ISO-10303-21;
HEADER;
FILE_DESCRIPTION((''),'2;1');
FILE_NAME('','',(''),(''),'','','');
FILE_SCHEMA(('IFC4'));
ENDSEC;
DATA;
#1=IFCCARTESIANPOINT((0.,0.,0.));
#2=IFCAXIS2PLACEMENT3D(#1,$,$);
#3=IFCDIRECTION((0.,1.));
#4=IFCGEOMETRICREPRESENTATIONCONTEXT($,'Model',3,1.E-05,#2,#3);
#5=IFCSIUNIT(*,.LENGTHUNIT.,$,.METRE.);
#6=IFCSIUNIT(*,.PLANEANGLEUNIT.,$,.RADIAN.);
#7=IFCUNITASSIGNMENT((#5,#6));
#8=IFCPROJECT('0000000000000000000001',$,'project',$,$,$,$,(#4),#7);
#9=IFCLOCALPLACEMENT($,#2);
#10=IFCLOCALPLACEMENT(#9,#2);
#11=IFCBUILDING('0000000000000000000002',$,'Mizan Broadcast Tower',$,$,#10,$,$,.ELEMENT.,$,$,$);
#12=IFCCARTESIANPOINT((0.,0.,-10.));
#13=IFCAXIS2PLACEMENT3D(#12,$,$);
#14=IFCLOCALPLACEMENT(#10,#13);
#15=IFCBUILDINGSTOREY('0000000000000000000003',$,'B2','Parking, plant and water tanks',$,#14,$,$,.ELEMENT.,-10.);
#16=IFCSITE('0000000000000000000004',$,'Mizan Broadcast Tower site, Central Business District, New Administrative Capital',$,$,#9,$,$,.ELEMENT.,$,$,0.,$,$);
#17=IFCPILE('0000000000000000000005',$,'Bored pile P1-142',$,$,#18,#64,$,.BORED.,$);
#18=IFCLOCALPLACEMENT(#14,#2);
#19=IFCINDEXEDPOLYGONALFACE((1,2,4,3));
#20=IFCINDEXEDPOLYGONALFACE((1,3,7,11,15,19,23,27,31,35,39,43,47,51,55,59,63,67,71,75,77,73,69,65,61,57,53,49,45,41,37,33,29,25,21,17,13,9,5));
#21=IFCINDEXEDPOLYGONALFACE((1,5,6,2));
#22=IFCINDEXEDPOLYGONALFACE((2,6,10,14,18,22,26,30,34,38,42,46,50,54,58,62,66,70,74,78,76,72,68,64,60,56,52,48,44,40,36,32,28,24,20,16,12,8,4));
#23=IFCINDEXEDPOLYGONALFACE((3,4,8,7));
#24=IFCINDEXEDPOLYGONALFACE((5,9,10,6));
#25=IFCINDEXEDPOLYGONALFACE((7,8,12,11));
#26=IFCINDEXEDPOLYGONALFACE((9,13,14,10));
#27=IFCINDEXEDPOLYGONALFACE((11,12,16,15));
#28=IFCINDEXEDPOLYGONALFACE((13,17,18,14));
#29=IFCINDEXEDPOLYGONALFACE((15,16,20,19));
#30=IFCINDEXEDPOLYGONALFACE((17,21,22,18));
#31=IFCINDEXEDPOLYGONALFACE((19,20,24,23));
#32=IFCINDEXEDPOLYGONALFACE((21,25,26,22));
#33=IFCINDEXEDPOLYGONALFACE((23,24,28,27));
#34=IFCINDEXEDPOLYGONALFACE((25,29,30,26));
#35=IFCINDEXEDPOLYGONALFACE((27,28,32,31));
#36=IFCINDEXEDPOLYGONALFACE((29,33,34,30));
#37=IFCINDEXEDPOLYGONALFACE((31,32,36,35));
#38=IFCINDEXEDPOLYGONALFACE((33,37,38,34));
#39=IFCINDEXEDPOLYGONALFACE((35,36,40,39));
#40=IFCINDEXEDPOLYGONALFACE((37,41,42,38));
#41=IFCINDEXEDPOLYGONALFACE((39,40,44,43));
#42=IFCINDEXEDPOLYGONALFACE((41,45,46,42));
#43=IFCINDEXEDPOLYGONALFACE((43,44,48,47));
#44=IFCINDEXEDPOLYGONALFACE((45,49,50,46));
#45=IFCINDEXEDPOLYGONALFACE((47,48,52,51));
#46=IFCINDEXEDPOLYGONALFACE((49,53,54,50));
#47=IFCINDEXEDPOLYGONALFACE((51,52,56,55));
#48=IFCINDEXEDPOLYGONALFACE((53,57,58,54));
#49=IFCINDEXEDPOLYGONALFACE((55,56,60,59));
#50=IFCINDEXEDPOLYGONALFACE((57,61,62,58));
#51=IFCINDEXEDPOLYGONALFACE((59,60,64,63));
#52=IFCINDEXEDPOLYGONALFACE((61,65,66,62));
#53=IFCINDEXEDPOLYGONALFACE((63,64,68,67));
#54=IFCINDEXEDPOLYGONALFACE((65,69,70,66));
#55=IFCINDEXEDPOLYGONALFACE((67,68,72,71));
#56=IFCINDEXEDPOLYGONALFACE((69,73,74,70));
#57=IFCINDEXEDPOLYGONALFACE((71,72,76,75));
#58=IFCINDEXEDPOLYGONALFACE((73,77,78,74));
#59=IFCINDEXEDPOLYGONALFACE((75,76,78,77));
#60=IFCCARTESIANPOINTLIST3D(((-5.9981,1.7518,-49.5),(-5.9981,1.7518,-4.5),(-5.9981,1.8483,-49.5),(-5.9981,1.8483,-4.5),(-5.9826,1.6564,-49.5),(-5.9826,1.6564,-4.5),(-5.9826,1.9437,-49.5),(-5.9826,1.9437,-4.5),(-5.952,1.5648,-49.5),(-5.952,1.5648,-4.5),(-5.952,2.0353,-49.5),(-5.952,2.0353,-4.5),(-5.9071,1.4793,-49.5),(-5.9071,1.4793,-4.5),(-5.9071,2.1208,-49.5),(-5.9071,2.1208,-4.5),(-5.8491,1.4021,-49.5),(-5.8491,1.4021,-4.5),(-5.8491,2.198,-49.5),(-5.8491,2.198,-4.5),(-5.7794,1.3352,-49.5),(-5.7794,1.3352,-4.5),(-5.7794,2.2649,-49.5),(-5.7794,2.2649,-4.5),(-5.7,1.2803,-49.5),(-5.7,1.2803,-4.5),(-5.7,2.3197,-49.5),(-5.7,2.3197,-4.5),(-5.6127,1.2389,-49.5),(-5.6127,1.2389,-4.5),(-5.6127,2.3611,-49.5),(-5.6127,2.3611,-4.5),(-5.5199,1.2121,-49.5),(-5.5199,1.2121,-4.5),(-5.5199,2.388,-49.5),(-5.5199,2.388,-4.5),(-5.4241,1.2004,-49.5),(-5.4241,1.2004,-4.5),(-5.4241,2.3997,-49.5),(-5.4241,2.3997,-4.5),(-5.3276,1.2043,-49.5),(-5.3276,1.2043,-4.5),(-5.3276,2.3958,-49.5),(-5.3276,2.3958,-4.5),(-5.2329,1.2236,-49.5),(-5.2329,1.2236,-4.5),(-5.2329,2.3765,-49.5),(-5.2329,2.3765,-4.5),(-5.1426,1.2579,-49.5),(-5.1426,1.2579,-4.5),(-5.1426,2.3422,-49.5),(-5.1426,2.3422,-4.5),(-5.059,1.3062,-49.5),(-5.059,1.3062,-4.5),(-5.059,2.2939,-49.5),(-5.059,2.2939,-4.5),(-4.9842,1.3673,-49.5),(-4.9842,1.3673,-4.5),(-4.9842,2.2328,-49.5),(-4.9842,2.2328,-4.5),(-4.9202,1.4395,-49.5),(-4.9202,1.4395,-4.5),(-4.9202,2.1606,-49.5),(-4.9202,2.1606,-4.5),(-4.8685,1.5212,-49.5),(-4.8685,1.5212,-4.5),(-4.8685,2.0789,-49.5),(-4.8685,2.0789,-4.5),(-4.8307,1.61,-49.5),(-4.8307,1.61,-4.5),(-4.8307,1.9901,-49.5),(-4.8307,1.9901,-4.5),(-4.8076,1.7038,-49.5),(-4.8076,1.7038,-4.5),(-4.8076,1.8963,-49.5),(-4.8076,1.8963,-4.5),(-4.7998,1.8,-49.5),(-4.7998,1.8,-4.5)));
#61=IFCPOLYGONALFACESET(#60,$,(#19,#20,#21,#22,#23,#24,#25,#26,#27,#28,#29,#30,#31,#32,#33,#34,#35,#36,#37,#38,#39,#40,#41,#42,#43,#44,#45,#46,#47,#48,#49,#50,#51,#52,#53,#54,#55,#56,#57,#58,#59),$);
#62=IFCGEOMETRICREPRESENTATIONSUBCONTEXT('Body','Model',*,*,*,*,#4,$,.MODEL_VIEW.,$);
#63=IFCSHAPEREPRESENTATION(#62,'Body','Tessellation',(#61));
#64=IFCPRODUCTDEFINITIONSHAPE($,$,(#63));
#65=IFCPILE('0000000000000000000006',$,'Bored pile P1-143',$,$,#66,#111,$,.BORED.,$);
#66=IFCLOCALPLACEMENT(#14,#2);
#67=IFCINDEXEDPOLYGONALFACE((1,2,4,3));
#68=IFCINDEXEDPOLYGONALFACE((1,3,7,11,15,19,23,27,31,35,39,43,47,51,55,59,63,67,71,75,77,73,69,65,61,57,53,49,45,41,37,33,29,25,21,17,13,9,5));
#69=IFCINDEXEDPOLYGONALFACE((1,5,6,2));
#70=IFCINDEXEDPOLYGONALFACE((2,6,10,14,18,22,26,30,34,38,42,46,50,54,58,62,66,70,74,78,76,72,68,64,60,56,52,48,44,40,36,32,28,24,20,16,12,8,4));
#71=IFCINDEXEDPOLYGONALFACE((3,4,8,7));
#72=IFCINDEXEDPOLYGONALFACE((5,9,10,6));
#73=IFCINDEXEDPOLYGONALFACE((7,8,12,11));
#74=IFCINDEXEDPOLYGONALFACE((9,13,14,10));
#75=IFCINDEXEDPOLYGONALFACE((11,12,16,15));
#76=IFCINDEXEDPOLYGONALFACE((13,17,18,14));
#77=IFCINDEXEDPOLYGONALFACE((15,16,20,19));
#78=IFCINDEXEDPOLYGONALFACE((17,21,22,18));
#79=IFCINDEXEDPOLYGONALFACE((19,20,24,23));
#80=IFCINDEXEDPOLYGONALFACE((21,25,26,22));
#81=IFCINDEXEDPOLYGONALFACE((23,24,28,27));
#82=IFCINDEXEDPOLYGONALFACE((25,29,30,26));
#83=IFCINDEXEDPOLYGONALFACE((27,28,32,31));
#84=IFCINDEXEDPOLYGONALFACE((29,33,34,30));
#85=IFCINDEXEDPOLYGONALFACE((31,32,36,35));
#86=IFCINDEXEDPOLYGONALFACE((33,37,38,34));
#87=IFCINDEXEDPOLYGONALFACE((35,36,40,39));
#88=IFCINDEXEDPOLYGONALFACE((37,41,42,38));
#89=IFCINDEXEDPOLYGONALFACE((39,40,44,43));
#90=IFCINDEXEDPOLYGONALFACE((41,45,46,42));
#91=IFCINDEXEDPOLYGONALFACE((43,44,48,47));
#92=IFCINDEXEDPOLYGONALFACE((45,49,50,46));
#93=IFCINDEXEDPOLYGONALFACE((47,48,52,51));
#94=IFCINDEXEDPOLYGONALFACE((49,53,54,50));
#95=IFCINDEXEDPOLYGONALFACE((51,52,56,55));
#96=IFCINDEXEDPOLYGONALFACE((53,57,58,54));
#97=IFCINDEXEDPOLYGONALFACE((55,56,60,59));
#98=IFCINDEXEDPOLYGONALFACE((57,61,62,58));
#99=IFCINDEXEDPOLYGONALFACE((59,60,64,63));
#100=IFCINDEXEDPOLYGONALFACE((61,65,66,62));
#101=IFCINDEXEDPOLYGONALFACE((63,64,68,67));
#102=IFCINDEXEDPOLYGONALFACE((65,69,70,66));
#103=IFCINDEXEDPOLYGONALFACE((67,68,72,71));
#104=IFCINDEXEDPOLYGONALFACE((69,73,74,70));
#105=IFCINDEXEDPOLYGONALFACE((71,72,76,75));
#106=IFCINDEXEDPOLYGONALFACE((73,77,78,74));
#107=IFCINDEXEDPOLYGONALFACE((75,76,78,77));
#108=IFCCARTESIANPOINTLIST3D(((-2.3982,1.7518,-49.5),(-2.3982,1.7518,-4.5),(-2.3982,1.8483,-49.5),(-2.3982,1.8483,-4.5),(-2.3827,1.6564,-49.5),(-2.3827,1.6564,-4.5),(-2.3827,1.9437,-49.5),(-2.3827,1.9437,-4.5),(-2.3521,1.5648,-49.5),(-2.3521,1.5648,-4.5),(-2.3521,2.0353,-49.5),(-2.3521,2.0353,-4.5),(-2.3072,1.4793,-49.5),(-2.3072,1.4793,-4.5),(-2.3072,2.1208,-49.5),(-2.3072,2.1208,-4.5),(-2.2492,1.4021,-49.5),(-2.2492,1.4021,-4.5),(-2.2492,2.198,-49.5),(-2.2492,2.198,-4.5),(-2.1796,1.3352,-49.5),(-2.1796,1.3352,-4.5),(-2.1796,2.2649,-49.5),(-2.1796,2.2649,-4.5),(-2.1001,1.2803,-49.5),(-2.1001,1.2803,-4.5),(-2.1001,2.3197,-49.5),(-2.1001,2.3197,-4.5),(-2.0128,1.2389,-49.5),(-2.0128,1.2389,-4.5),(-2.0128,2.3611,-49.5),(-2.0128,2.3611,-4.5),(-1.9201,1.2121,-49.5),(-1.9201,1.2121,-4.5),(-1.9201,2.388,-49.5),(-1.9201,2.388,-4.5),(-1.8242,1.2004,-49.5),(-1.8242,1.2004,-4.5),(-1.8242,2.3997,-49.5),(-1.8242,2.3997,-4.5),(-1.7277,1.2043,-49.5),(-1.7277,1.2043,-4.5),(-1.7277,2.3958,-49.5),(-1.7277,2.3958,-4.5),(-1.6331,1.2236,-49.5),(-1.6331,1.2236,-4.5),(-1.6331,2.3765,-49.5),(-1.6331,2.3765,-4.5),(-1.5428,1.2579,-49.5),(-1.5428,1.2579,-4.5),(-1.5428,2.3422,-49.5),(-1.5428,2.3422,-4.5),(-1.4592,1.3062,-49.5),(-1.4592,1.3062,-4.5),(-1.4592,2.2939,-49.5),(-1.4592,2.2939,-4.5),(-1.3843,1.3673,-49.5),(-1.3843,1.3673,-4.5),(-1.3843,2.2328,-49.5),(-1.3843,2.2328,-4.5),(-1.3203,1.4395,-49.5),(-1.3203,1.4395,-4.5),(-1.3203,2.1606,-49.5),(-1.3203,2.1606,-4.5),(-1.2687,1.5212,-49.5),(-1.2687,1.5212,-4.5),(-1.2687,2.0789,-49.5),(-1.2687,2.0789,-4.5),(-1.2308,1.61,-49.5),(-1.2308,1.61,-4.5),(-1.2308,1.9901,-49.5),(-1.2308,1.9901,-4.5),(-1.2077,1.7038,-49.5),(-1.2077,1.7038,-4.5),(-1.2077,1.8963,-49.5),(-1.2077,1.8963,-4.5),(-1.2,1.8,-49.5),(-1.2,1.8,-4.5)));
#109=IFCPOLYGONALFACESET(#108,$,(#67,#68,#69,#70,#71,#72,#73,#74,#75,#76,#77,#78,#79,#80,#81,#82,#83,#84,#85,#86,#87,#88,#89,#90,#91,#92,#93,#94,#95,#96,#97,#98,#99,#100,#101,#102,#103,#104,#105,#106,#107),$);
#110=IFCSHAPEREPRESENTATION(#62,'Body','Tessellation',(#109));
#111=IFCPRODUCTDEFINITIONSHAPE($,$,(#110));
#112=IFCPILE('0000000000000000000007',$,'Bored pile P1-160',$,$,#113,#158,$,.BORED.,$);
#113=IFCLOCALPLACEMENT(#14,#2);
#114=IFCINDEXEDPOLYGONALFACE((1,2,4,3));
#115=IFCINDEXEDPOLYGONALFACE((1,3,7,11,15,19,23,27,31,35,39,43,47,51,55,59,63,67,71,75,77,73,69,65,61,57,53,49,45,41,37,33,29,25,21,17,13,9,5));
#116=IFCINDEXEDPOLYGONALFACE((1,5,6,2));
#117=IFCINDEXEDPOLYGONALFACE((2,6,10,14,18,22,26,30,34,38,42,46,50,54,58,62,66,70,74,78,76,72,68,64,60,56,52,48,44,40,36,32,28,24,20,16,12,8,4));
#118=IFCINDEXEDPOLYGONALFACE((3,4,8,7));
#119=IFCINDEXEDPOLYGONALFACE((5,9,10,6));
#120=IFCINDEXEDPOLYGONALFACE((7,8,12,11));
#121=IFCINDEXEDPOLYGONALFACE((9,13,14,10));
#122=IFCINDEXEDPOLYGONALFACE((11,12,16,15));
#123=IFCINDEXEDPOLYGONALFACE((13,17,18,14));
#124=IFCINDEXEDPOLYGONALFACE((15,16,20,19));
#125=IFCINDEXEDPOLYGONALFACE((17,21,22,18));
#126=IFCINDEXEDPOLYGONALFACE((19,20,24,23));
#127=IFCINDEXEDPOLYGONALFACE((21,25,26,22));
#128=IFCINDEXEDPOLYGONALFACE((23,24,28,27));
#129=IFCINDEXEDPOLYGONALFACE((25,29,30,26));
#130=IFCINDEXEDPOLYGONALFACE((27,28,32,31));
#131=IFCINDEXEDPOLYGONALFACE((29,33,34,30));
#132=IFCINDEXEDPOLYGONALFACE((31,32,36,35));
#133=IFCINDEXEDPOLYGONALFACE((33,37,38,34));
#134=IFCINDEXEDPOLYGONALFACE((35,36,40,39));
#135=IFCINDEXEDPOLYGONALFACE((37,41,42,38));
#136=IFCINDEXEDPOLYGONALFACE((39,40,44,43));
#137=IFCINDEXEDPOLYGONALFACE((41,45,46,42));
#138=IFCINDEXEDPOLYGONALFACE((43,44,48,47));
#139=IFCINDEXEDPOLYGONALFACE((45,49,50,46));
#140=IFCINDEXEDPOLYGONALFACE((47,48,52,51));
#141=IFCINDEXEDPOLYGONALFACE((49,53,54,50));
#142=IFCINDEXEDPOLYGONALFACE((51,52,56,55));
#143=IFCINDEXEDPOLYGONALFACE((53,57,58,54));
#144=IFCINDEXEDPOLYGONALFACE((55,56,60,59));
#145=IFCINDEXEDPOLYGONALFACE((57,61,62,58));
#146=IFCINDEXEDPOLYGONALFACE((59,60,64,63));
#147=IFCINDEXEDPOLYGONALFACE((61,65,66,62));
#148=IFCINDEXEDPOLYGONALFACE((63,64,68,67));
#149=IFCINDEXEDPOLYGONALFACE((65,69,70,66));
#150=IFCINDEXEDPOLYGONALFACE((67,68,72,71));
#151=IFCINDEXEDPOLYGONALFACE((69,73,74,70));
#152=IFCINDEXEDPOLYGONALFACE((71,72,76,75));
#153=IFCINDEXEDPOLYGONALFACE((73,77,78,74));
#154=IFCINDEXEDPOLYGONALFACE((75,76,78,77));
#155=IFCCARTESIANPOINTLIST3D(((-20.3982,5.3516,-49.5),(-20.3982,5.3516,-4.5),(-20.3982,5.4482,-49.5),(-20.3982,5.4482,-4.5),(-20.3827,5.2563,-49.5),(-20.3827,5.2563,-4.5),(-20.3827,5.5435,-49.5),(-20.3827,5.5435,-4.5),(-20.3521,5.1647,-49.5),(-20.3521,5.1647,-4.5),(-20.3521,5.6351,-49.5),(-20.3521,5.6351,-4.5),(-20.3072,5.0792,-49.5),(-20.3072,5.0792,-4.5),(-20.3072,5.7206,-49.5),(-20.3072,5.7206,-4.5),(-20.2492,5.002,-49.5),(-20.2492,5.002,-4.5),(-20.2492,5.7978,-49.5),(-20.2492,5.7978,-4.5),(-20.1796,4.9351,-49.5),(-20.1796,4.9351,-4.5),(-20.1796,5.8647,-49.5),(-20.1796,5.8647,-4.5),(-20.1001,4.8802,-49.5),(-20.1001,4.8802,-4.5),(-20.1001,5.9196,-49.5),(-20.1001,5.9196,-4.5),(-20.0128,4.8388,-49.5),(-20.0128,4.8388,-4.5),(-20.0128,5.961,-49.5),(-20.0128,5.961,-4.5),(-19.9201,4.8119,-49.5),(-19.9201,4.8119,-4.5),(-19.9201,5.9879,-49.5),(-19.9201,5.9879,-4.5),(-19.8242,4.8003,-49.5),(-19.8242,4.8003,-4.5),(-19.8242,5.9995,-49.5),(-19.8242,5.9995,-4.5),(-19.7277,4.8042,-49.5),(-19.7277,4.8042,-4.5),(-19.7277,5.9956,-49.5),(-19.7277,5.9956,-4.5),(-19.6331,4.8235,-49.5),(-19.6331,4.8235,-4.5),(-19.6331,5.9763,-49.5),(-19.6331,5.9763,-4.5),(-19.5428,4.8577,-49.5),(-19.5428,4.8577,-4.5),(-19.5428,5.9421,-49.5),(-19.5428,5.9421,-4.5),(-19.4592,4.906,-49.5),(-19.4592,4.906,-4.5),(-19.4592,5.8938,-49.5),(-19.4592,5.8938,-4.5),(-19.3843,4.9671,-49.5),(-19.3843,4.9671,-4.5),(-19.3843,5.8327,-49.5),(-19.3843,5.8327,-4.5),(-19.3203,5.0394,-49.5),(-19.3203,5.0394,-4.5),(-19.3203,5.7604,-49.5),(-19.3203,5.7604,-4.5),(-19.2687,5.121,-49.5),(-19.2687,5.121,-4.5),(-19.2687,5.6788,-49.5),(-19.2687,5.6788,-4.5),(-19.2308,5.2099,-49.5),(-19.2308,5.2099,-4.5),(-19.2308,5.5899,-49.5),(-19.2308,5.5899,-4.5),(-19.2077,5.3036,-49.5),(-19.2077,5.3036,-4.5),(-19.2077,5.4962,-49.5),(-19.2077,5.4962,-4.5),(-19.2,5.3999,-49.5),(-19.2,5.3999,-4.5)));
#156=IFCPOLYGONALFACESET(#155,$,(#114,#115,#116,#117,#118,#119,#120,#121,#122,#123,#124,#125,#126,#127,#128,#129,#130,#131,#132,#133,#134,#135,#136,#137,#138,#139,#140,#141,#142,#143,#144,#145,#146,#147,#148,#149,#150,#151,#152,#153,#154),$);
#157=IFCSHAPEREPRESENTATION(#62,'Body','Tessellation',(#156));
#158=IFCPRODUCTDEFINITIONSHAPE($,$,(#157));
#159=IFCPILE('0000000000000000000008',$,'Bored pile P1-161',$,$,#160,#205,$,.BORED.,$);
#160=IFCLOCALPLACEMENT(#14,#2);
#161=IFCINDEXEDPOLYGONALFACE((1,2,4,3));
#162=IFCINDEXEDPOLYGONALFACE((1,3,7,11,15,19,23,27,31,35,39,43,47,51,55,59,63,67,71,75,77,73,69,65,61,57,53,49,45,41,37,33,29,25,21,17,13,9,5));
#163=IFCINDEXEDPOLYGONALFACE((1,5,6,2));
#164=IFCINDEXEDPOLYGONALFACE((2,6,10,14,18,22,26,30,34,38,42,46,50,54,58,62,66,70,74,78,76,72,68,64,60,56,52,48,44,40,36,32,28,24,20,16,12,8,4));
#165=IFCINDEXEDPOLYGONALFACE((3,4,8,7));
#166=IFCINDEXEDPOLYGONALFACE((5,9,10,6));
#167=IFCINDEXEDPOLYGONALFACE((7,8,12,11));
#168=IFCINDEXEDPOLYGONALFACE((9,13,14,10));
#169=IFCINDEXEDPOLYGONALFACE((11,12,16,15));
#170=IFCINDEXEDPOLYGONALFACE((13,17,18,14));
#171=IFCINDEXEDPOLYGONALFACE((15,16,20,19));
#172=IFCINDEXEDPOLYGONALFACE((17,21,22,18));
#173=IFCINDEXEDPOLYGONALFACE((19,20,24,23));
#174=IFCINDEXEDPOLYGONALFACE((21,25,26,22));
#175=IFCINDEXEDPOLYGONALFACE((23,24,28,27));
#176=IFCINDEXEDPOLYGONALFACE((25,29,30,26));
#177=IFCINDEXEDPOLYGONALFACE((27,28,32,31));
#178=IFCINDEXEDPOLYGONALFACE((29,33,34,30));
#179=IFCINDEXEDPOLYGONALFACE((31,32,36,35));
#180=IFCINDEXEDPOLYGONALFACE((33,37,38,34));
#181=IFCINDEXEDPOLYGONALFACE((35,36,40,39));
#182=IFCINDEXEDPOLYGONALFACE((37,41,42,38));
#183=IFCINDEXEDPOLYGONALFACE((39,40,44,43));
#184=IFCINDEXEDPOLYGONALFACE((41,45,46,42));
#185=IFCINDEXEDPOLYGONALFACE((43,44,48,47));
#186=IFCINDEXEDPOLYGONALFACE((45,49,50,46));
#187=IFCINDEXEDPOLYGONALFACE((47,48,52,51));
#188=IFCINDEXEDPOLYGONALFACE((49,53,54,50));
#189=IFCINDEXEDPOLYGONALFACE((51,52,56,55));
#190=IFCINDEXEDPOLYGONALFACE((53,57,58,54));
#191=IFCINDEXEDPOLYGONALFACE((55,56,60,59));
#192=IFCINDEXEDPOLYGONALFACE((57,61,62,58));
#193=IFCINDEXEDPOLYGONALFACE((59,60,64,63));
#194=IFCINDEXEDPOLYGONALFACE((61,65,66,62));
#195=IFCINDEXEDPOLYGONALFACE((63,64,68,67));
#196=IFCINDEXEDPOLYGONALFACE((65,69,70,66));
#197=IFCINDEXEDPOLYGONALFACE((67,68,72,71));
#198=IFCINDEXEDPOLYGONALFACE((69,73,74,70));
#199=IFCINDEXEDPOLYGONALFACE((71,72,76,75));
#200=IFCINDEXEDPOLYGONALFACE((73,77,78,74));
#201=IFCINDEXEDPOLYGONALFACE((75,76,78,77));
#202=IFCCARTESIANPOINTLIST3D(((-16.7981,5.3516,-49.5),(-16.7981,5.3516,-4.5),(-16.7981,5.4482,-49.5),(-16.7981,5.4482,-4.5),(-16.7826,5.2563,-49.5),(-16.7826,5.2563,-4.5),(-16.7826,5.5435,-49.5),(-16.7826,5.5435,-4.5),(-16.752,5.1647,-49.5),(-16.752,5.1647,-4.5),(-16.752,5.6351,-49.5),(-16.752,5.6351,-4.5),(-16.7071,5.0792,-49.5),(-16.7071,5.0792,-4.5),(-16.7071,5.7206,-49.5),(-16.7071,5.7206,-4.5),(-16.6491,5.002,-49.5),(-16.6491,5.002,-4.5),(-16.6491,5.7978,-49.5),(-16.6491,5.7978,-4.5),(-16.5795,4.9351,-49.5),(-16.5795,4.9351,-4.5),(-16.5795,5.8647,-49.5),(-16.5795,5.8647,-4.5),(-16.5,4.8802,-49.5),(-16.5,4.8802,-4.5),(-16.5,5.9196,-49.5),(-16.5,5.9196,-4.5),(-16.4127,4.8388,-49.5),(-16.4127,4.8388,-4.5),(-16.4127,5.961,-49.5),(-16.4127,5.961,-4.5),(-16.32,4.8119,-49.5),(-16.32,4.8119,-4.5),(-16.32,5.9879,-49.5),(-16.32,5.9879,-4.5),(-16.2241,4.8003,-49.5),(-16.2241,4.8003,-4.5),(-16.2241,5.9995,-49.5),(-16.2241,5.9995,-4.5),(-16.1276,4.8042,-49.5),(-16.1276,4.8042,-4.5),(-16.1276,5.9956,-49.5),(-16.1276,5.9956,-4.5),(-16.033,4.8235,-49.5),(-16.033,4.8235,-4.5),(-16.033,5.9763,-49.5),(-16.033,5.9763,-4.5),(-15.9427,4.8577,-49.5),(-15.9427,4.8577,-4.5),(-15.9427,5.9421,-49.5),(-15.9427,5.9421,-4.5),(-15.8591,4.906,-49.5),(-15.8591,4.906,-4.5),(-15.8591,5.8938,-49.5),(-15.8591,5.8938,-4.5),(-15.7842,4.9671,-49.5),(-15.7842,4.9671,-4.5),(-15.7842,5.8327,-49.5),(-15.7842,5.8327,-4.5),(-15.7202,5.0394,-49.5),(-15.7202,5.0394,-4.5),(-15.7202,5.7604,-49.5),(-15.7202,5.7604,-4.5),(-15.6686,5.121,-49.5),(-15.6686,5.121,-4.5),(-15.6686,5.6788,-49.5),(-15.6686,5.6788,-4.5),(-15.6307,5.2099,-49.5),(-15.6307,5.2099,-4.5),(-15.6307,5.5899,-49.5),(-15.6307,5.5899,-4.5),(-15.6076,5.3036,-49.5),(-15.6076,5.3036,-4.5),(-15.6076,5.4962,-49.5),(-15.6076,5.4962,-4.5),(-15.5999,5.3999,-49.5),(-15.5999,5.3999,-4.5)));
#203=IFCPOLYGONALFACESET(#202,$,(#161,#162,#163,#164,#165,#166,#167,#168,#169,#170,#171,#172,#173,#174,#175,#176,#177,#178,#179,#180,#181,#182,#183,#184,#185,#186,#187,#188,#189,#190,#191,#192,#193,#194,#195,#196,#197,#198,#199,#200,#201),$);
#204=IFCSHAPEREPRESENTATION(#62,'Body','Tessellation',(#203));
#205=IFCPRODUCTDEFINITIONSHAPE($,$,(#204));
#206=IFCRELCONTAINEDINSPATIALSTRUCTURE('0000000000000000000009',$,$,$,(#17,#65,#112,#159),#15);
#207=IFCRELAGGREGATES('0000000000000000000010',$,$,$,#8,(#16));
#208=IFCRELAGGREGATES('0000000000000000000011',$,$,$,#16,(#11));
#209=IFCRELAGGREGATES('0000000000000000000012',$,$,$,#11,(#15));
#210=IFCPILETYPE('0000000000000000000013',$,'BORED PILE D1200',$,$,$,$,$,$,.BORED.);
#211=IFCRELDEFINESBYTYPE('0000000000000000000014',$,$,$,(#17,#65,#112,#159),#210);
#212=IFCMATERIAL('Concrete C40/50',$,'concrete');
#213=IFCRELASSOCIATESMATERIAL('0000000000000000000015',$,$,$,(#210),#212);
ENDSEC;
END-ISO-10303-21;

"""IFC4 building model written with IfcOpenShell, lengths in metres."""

from ifc_helpers import new_model, si_unit, direction, frame, origin, origin_2d, place, context, subcontext, project, spatial, circle, extrude, material, material_profile, profile_set, type_object, element, save


model = new_model("IFC4")

# Units and contexts
model_context = context("Model", 3, precision=1e-05, world=origin(), true_north=direction((0.0, 1.0)))
body_context = subcontext(model_context, "Body", "Model", "MODEL_VIEW")
ifc_project = project(units=[si_unit("LENGTHUNIT", "METRE"), si_unit("PLANEANGLEUNIT", "RADIAN")], contexts=[model_context])

# Site, building, storey
site_placement = place(None, origin())
site = spatial("IfcSite", under=ifc_project, at=site_placement, Name="Mizan Broadcast Tower site, Central Business District, New Administrative Capital", CompositionType="ELEMENT", RefElevation=0.0)
building_placement = place(site_placement, origin())
building = spatial("IfcBuilding", under=site, at=building_placement, Name="Mizan Broadcast Tower", CompositionType="ELEMENT")
storey_placement = place(building_placement, frame((0.0, 0.0, -10.0)))
storey = spatial("IfcBuildingStorey", under=building, at=storey_placement, Name="B2", Description="Parking, plant and water tanks", CompositionType="ELEMENT", Elevation=-10.0)

# Piles
ifc_material_1 = material(Name="Concrete C40/50", Category="concrete")
ifc_material_profile_1 = material_profile(ifc_material_1, circle(Radius=0.6001, at=origin_2d()), Name="D1200")
ifc_profile_set_1 = profile_set([ifc_material_profile_1], Name="Concrete C40/50")
pile_type = type_object("IfcPileType", Name="BORED PILE D1200", PredefinedType="BORED", material=ifc_profile_set_1)
for number, where, z_axis, x_axis, name in (
    (1, (-5.3999, 1.8, -4.5), (0.0, 0.0, -1.0), (1.0, 0.0, 0.0), "Bored pile P1-142"),
    (2, (-1.8, 1.8, -4.5), (0.0, 0.0, -1.0), (1.0, 0.0, 0.0), "Bored pile P1-143"),
    (3, (-19.8, 5.3999, -4.5), (0.0, 0.0, -1.0), (1.0, 0.0, 0.0), "Bored pile P1-160"),
    (4, (-16.2, 5.3999, -4.5), (0.0, 0.0, -1.0), (1.0, 0.0, 0.0), "Bored pile P1-161"),
):
    element("IfcPile", number, at=place(storey_placement, frame(where, z_axis=z_axis, x_axis=x_axis)), inside=storey, type_object=pile_type, Name=name, PredefinedType="BORED", context=body_context, shape_type="SweptSolid", body=[
        extrude(circle(Radius=0.6001, at=origin_2d()), origin(), (0.0, 0.0, 1.0), 45.0),
    ])

save(model, "model.ifc")
